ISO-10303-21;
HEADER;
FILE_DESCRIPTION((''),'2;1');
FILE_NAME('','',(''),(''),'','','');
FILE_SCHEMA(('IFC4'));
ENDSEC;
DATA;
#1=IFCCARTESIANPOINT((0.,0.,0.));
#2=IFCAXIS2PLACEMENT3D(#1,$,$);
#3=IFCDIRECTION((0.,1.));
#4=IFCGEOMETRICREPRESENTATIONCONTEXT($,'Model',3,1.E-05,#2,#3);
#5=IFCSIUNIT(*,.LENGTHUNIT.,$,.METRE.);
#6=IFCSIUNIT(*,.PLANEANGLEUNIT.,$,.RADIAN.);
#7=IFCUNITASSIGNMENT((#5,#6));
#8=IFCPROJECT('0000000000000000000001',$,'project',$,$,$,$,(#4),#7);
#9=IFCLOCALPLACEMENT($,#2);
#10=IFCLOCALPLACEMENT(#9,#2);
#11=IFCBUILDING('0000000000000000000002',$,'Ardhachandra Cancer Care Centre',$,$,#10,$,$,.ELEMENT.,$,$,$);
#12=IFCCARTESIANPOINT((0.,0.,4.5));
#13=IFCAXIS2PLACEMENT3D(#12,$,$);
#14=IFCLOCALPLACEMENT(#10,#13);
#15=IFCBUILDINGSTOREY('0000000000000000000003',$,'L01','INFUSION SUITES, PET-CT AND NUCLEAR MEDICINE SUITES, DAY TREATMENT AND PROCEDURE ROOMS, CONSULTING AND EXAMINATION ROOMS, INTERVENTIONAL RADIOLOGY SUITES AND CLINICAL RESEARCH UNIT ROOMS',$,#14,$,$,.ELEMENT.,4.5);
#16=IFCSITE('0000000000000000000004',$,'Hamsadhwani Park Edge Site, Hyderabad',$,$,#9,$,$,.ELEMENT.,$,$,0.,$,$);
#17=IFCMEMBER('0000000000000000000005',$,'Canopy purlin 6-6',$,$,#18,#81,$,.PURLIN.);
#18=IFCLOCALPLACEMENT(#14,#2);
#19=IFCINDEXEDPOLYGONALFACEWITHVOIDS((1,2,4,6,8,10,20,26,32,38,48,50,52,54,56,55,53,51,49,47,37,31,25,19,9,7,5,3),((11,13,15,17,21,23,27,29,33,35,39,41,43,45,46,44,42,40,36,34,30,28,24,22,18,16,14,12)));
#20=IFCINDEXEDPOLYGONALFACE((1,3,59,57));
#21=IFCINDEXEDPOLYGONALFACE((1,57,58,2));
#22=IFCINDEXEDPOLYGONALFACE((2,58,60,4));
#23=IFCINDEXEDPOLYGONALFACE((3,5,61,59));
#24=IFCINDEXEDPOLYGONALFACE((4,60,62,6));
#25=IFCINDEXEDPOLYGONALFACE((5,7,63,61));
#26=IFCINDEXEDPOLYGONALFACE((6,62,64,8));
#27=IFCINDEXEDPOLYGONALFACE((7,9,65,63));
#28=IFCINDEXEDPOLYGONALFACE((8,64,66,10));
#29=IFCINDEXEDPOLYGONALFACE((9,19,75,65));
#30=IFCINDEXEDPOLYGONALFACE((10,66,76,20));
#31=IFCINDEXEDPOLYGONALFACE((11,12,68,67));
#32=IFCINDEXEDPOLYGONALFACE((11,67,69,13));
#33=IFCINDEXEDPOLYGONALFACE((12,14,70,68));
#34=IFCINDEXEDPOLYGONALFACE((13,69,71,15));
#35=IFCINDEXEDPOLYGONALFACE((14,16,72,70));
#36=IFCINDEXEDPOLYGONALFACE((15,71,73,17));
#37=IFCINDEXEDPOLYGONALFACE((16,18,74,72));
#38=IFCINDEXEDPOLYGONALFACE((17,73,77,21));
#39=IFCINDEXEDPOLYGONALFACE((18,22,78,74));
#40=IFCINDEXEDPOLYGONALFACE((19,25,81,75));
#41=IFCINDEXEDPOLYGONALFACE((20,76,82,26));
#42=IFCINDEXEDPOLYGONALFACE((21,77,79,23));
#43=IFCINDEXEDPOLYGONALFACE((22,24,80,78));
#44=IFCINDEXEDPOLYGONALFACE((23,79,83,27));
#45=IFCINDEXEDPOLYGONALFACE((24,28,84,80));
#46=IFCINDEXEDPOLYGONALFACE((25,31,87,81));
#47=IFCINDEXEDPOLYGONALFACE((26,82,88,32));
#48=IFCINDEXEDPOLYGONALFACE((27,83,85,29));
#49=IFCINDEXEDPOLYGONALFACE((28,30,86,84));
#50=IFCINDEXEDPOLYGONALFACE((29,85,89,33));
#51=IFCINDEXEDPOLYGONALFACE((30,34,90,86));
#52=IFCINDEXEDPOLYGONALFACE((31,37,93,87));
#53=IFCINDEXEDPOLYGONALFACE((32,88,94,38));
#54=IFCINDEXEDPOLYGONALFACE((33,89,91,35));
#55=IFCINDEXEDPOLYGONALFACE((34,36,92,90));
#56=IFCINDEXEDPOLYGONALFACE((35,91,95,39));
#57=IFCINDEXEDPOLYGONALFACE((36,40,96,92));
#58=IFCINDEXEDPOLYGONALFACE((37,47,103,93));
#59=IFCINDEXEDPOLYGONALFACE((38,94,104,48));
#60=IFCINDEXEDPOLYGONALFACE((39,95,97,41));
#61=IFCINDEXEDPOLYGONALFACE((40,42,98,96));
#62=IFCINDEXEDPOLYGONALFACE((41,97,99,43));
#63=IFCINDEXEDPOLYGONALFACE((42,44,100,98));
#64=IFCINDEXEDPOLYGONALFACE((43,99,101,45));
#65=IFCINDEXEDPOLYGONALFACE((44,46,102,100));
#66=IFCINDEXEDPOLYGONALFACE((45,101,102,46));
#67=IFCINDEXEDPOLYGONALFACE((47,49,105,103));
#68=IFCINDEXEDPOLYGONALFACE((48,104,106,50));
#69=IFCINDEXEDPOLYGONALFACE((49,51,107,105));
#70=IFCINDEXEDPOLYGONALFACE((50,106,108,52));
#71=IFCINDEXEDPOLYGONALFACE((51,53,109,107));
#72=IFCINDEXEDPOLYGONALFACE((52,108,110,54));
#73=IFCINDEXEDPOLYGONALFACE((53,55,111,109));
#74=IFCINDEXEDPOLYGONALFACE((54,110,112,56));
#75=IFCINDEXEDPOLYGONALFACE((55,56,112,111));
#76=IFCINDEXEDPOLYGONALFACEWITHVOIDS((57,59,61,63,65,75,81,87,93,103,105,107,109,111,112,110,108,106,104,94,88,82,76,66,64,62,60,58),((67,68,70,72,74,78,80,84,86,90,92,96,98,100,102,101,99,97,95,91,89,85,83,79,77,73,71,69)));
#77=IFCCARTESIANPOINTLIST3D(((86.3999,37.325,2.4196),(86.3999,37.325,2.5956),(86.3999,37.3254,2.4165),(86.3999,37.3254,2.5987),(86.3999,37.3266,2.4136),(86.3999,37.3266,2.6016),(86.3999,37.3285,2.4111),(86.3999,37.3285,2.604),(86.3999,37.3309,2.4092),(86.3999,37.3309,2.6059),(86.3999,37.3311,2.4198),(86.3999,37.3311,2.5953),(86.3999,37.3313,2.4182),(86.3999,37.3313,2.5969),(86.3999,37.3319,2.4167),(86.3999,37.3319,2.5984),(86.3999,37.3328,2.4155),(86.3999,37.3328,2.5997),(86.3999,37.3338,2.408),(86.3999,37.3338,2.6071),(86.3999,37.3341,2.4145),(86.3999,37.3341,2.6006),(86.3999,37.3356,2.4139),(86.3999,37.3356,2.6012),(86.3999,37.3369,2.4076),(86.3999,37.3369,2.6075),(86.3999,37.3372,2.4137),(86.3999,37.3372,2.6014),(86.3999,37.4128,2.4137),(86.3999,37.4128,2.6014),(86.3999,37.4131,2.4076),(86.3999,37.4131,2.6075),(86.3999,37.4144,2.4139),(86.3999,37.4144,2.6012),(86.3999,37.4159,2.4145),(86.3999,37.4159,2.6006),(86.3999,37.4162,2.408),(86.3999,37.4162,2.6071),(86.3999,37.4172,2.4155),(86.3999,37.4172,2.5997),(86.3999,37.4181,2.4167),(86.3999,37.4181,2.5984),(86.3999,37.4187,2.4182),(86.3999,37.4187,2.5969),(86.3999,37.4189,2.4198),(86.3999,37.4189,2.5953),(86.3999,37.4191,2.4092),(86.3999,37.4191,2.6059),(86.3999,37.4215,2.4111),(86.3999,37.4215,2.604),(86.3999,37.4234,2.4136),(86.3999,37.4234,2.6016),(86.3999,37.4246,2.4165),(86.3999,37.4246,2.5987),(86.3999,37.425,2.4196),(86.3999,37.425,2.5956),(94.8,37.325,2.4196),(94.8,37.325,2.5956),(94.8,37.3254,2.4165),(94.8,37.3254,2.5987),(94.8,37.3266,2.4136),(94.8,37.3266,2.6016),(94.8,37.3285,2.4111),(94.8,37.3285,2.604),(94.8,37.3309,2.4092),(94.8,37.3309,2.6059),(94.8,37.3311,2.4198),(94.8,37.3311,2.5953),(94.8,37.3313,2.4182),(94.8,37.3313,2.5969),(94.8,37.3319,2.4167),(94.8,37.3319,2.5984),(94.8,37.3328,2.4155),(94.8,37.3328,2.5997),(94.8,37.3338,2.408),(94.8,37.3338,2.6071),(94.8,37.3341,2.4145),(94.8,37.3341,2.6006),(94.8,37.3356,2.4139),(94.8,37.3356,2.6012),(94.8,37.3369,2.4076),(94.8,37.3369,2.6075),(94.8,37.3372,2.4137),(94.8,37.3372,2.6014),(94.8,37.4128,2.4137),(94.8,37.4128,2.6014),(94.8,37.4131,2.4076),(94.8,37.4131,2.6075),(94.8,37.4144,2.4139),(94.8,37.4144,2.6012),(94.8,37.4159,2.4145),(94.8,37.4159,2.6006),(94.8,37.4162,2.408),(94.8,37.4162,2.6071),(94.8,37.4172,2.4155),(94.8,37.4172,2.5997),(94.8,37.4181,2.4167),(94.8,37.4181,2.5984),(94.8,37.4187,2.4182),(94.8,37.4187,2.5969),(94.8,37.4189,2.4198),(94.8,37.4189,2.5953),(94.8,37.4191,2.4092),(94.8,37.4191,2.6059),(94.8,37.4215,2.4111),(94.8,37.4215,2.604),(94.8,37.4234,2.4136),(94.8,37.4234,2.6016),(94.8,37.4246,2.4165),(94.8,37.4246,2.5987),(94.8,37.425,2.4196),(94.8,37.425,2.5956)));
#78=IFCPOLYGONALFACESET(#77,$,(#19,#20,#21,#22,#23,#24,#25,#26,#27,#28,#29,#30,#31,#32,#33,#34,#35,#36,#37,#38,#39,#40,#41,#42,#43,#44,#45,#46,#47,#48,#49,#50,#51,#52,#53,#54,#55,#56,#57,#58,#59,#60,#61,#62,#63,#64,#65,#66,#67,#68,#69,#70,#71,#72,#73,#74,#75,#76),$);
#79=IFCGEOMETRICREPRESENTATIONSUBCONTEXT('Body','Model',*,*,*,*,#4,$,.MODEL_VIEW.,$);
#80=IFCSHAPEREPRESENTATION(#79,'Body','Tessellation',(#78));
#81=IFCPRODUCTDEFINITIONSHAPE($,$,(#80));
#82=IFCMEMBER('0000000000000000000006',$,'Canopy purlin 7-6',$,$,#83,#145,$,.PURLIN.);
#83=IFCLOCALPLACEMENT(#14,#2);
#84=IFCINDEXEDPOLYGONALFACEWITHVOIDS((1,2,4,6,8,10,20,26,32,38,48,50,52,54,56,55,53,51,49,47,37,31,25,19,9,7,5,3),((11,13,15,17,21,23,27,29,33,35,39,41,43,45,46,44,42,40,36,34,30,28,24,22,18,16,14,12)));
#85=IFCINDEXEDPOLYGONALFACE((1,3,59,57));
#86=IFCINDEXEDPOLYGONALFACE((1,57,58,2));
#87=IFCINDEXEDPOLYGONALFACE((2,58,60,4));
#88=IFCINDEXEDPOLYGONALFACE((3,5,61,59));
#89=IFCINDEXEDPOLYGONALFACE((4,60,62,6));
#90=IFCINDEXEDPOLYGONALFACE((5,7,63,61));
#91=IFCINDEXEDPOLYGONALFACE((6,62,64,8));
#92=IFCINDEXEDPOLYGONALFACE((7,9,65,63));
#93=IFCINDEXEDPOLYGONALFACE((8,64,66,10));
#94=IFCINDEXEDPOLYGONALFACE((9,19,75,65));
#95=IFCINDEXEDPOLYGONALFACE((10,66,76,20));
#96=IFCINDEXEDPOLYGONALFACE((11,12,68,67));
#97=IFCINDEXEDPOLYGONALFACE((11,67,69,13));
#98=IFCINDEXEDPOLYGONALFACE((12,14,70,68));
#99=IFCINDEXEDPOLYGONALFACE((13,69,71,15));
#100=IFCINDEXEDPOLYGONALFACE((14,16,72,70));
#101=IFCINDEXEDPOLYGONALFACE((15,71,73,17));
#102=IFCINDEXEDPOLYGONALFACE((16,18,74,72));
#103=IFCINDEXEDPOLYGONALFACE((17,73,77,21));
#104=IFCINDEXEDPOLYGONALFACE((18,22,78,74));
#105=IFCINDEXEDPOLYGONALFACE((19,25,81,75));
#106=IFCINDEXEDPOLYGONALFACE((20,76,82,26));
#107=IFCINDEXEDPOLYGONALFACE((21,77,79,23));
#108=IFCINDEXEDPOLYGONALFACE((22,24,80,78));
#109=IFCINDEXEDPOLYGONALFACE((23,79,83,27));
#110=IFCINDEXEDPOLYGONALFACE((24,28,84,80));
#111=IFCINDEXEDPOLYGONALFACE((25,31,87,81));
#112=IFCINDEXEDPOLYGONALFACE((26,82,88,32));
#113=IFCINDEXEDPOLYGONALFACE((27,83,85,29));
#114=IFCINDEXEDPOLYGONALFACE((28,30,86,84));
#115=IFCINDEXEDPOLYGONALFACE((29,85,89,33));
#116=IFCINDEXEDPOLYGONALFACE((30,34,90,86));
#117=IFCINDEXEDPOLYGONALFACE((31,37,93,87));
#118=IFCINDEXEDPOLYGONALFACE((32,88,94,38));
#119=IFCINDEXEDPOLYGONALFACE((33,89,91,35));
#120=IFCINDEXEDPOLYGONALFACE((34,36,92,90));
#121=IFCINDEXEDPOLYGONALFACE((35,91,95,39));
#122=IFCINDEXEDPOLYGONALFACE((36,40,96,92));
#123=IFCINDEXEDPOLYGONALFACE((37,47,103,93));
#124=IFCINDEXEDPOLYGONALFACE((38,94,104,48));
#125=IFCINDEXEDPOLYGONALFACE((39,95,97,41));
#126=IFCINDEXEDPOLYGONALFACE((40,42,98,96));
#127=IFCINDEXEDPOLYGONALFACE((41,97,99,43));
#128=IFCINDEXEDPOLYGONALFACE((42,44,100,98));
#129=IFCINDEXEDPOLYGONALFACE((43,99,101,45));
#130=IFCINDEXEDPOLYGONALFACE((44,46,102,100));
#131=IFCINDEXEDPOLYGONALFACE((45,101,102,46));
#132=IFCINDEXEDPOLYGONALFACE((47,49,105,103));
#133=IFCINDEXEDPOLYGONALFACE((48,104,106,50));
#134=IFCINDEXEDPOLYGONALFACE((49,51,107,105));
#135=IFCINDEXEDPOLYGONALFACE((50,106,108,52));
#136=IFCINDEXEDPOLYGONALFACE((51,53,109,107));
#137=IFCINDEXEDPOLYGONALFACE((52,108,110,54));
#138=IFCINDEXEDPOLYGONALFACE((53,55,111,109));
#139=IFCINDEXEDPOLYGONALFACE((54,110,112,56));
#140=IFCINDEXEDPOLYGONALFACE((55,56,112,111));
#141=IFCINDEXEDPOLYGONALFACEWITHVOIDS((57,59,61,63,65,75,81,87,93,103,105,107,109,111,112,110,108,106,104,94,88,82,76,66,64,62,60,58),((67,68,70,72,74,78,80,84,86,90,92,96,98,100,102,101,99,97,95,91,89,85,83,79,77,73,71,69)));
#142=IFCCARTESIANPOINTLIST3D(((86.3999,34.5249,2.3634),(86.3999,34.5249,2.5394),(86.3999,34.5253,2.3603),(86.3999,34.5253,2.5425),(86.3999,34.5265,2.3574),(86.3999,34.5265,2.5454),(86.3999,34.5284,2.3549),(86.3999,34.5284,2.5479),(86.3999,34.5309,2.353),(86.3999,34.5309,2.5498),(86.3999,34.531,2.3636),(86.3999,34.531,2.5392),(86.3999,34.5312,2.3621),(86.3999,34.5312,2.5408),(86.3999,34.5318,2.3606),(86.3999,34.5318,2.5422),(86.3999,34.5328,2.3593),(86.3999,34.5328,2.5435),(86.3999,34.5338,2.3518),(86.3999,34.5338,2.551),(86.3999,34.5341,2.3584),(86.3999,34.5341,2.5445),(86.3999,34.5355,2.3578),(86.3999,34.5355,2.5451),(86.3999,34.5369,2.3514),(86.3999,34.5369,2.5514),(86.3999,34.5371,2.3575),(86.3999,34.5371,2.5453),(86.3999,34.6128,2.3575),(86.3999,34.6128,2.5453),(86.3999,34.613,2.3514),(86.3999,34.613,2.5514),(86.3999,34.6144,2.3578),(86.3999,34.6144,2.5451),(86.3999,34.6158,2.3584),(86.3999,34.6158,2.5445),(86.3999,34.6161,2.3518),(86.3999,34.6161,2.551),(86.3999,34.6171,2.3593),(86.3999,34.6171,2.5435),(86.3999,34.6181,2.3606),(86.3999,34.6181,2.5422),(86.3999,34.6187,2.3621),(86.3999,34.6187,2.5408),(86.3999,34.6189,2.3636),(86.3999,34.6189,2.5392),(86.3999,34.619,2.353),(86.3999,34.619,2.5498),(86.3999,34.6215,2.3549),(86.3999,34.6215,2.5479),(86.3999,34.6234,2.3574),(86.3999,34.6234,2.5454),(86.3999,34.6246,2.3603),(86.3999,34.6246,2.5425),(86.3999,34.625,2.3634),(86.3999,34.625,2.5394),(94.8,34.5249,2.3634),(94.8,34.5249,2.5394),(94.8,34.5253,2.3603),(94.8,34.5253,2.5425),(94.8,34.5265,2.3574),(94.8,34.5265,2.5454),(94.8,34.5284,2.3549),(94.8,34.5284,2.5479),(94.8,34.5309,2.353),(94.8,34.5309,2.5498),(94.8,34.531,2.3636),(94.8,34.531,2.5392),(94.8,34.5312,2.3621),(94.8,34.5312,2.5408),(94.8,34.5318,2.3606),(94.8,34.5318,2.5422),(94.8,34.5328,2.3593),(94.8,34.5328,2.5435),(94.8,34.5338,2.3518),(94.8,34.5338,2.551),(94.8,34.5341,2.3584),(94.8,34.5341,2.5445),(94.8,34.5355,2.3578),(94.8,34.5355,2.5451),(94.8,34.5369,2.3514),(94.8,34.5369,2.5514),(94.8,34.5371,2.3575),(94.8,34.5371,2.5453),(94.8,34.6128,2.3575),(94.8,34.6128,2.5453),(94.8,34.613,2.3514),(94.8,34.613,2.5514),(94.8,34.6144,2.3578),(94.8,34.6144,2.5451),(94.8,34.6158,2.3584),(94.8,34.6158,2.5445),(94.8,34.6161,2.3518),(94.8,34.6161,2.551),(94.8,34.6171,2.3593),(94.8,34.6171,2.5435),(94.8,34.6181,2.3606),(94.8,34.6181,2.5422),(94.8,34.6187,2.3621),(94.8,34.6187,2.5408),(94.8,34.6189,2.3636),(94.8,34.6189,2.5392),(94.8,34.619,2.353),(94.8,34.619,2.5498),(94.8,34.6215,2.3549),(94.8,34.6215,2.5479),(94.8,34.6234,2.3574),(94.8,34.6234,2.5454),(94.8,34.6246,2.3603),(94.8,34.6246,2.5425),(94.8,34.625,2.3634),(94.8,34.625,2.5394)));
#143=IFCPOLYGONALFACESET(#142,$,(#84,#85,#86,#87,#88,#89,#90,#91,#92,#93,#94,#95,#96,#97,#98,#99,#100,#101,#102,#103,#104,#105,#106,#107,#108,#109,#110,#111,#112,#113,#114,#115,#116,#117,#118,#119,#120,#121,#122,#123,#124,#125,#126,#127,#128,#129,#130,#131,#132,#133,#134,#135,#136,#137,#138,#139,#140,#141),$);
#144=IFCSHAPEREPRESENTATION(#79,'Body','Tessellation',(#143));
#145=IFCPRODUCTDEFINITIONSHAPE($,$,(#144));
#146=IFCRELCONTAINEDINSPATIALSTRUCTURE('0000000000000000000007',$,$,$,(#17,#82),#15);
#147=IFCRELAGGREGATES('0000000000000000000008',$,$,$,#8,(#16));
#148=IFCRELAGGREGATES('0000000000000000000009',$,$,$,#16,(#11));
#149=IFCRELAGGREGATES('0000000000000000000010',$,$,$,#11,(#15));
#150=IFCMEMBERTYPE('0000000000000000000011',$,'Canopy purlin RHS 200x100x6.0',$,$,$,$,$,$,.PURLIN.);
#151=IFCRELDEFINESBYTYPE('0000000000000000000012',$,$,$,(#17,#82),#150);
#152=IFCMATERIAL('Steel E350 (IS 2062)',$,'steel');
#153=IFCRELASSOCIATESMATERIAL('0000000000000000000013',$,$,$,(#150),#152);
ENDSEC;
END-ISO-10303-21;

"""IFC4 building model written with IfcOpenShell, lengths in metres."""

from ifc_helpers import new_model, si_unit, direction, frame, origin, origin_2d, place, context, subcontext, project, spatial, hollow_rectangle, extrude, material, material_profile, profile_set, type_object, element, save


model = new_model("IFC4")

# Units and contexts
model_context = context("Model", 3, precision=1e-05, world=origin(), true_north=direction((0.0, 1.0)))
body_context = subcontext(model_context, "Body", "Model", "MODEL_VIEW")
ifc_project = project(units=[si_unit("LENGTHUNIT", "METRE"), si_unit("PLANEANGLEUNIT", "RADIAN")], contexts=[model_context])

# Site, building, storey
site_placement = place(None, origin())
site = spatial("IfcSite", under=ifc_project, at=site_placement, Name="Hamsadhwani Park Edge Site, Hyderabad", CompositionType="ELEMENT", RefElevation=0.0)
building_placement = place(site_placement, origin())
building = spatial("IfcBuilding", under=site, at=building_placement, Name="Ardhachandra Cancer Care Centre", CompositionType="ELEMENT")
storey_placement = place(building_placement, frame((0.0, 0.0, 4.5)))
storey = spatial("IfcBuildingStorey", under=building, at=storey_placement, Name="L01", Description="INFUSION SUITES, PET-CT AND NUCLEAR MEDICINE SUITES, DAY TREATMENT AND PROCEDURE ROOMS, CONSULTING AND EXAMINATION ROOMS, INTERVENTIONAL RADIOLOGY SUITES AND CLINICAL RESEARCH UNIT ROOMS", CompositionType="ELEMENT", Elevation=4.5)

# Members
ifc_material_1 = material(Name="Steel E350 (IS 2062)", Category="steel")
ifc_material_profile_1 = material_profile(ifc_material_1, hollow_rectangle(XDim=0.1001, YDim=0.2, WallThickness=0.0061, InnerFilletRadius=0.0061, OuterFilletRadius=0.012, at=origin_2d()), Name="RHS 200x100x6.0")
ifc_profile_set_1 = profile_set([ifc_material_profile_1], Name="Steel E350 (IS 2062)")
member_type_1 = type_object("IfcMemberType", Name="Canopy purlin RHS 200x100x6.0", PredefinedType="PURLIN", material=ifc_profile_set_1)
for number, where, z_axis, x_axis, name in (
    (1, (86.3999, 37.375, 2.5076), (1.0, 0.0, 0.0), (0.0, 1.0, 0.0), "Canopy purlin 6-6"),
    (2, (86.3999, 34.575, 2.4514), (1.0, 0.0, 0.0), (0.0, 1.0, 0.0), "Canopy purlin 7-6"),
):
    element("IfcMember", number, at=place(storey_placement, frame(where, z_axis=z_axis, x_axis=x_axis)), inside=storey, type_object=member_type_1, Name=name, PredefinedType="PURLIN", context=body_context, shape_type="SweptSolid", body=[
        extrude(hollow_rectangle(XDim=0.1001, YDim=0.2, WallThickness=0.0061, InnerFilletRadius=0.0061, OuterFilletRadius=0.012, at=origin_2d()), origin(), (0.0, 0.0, 1.0), 8.4001),
    ])

save(model, "model.ifc")
